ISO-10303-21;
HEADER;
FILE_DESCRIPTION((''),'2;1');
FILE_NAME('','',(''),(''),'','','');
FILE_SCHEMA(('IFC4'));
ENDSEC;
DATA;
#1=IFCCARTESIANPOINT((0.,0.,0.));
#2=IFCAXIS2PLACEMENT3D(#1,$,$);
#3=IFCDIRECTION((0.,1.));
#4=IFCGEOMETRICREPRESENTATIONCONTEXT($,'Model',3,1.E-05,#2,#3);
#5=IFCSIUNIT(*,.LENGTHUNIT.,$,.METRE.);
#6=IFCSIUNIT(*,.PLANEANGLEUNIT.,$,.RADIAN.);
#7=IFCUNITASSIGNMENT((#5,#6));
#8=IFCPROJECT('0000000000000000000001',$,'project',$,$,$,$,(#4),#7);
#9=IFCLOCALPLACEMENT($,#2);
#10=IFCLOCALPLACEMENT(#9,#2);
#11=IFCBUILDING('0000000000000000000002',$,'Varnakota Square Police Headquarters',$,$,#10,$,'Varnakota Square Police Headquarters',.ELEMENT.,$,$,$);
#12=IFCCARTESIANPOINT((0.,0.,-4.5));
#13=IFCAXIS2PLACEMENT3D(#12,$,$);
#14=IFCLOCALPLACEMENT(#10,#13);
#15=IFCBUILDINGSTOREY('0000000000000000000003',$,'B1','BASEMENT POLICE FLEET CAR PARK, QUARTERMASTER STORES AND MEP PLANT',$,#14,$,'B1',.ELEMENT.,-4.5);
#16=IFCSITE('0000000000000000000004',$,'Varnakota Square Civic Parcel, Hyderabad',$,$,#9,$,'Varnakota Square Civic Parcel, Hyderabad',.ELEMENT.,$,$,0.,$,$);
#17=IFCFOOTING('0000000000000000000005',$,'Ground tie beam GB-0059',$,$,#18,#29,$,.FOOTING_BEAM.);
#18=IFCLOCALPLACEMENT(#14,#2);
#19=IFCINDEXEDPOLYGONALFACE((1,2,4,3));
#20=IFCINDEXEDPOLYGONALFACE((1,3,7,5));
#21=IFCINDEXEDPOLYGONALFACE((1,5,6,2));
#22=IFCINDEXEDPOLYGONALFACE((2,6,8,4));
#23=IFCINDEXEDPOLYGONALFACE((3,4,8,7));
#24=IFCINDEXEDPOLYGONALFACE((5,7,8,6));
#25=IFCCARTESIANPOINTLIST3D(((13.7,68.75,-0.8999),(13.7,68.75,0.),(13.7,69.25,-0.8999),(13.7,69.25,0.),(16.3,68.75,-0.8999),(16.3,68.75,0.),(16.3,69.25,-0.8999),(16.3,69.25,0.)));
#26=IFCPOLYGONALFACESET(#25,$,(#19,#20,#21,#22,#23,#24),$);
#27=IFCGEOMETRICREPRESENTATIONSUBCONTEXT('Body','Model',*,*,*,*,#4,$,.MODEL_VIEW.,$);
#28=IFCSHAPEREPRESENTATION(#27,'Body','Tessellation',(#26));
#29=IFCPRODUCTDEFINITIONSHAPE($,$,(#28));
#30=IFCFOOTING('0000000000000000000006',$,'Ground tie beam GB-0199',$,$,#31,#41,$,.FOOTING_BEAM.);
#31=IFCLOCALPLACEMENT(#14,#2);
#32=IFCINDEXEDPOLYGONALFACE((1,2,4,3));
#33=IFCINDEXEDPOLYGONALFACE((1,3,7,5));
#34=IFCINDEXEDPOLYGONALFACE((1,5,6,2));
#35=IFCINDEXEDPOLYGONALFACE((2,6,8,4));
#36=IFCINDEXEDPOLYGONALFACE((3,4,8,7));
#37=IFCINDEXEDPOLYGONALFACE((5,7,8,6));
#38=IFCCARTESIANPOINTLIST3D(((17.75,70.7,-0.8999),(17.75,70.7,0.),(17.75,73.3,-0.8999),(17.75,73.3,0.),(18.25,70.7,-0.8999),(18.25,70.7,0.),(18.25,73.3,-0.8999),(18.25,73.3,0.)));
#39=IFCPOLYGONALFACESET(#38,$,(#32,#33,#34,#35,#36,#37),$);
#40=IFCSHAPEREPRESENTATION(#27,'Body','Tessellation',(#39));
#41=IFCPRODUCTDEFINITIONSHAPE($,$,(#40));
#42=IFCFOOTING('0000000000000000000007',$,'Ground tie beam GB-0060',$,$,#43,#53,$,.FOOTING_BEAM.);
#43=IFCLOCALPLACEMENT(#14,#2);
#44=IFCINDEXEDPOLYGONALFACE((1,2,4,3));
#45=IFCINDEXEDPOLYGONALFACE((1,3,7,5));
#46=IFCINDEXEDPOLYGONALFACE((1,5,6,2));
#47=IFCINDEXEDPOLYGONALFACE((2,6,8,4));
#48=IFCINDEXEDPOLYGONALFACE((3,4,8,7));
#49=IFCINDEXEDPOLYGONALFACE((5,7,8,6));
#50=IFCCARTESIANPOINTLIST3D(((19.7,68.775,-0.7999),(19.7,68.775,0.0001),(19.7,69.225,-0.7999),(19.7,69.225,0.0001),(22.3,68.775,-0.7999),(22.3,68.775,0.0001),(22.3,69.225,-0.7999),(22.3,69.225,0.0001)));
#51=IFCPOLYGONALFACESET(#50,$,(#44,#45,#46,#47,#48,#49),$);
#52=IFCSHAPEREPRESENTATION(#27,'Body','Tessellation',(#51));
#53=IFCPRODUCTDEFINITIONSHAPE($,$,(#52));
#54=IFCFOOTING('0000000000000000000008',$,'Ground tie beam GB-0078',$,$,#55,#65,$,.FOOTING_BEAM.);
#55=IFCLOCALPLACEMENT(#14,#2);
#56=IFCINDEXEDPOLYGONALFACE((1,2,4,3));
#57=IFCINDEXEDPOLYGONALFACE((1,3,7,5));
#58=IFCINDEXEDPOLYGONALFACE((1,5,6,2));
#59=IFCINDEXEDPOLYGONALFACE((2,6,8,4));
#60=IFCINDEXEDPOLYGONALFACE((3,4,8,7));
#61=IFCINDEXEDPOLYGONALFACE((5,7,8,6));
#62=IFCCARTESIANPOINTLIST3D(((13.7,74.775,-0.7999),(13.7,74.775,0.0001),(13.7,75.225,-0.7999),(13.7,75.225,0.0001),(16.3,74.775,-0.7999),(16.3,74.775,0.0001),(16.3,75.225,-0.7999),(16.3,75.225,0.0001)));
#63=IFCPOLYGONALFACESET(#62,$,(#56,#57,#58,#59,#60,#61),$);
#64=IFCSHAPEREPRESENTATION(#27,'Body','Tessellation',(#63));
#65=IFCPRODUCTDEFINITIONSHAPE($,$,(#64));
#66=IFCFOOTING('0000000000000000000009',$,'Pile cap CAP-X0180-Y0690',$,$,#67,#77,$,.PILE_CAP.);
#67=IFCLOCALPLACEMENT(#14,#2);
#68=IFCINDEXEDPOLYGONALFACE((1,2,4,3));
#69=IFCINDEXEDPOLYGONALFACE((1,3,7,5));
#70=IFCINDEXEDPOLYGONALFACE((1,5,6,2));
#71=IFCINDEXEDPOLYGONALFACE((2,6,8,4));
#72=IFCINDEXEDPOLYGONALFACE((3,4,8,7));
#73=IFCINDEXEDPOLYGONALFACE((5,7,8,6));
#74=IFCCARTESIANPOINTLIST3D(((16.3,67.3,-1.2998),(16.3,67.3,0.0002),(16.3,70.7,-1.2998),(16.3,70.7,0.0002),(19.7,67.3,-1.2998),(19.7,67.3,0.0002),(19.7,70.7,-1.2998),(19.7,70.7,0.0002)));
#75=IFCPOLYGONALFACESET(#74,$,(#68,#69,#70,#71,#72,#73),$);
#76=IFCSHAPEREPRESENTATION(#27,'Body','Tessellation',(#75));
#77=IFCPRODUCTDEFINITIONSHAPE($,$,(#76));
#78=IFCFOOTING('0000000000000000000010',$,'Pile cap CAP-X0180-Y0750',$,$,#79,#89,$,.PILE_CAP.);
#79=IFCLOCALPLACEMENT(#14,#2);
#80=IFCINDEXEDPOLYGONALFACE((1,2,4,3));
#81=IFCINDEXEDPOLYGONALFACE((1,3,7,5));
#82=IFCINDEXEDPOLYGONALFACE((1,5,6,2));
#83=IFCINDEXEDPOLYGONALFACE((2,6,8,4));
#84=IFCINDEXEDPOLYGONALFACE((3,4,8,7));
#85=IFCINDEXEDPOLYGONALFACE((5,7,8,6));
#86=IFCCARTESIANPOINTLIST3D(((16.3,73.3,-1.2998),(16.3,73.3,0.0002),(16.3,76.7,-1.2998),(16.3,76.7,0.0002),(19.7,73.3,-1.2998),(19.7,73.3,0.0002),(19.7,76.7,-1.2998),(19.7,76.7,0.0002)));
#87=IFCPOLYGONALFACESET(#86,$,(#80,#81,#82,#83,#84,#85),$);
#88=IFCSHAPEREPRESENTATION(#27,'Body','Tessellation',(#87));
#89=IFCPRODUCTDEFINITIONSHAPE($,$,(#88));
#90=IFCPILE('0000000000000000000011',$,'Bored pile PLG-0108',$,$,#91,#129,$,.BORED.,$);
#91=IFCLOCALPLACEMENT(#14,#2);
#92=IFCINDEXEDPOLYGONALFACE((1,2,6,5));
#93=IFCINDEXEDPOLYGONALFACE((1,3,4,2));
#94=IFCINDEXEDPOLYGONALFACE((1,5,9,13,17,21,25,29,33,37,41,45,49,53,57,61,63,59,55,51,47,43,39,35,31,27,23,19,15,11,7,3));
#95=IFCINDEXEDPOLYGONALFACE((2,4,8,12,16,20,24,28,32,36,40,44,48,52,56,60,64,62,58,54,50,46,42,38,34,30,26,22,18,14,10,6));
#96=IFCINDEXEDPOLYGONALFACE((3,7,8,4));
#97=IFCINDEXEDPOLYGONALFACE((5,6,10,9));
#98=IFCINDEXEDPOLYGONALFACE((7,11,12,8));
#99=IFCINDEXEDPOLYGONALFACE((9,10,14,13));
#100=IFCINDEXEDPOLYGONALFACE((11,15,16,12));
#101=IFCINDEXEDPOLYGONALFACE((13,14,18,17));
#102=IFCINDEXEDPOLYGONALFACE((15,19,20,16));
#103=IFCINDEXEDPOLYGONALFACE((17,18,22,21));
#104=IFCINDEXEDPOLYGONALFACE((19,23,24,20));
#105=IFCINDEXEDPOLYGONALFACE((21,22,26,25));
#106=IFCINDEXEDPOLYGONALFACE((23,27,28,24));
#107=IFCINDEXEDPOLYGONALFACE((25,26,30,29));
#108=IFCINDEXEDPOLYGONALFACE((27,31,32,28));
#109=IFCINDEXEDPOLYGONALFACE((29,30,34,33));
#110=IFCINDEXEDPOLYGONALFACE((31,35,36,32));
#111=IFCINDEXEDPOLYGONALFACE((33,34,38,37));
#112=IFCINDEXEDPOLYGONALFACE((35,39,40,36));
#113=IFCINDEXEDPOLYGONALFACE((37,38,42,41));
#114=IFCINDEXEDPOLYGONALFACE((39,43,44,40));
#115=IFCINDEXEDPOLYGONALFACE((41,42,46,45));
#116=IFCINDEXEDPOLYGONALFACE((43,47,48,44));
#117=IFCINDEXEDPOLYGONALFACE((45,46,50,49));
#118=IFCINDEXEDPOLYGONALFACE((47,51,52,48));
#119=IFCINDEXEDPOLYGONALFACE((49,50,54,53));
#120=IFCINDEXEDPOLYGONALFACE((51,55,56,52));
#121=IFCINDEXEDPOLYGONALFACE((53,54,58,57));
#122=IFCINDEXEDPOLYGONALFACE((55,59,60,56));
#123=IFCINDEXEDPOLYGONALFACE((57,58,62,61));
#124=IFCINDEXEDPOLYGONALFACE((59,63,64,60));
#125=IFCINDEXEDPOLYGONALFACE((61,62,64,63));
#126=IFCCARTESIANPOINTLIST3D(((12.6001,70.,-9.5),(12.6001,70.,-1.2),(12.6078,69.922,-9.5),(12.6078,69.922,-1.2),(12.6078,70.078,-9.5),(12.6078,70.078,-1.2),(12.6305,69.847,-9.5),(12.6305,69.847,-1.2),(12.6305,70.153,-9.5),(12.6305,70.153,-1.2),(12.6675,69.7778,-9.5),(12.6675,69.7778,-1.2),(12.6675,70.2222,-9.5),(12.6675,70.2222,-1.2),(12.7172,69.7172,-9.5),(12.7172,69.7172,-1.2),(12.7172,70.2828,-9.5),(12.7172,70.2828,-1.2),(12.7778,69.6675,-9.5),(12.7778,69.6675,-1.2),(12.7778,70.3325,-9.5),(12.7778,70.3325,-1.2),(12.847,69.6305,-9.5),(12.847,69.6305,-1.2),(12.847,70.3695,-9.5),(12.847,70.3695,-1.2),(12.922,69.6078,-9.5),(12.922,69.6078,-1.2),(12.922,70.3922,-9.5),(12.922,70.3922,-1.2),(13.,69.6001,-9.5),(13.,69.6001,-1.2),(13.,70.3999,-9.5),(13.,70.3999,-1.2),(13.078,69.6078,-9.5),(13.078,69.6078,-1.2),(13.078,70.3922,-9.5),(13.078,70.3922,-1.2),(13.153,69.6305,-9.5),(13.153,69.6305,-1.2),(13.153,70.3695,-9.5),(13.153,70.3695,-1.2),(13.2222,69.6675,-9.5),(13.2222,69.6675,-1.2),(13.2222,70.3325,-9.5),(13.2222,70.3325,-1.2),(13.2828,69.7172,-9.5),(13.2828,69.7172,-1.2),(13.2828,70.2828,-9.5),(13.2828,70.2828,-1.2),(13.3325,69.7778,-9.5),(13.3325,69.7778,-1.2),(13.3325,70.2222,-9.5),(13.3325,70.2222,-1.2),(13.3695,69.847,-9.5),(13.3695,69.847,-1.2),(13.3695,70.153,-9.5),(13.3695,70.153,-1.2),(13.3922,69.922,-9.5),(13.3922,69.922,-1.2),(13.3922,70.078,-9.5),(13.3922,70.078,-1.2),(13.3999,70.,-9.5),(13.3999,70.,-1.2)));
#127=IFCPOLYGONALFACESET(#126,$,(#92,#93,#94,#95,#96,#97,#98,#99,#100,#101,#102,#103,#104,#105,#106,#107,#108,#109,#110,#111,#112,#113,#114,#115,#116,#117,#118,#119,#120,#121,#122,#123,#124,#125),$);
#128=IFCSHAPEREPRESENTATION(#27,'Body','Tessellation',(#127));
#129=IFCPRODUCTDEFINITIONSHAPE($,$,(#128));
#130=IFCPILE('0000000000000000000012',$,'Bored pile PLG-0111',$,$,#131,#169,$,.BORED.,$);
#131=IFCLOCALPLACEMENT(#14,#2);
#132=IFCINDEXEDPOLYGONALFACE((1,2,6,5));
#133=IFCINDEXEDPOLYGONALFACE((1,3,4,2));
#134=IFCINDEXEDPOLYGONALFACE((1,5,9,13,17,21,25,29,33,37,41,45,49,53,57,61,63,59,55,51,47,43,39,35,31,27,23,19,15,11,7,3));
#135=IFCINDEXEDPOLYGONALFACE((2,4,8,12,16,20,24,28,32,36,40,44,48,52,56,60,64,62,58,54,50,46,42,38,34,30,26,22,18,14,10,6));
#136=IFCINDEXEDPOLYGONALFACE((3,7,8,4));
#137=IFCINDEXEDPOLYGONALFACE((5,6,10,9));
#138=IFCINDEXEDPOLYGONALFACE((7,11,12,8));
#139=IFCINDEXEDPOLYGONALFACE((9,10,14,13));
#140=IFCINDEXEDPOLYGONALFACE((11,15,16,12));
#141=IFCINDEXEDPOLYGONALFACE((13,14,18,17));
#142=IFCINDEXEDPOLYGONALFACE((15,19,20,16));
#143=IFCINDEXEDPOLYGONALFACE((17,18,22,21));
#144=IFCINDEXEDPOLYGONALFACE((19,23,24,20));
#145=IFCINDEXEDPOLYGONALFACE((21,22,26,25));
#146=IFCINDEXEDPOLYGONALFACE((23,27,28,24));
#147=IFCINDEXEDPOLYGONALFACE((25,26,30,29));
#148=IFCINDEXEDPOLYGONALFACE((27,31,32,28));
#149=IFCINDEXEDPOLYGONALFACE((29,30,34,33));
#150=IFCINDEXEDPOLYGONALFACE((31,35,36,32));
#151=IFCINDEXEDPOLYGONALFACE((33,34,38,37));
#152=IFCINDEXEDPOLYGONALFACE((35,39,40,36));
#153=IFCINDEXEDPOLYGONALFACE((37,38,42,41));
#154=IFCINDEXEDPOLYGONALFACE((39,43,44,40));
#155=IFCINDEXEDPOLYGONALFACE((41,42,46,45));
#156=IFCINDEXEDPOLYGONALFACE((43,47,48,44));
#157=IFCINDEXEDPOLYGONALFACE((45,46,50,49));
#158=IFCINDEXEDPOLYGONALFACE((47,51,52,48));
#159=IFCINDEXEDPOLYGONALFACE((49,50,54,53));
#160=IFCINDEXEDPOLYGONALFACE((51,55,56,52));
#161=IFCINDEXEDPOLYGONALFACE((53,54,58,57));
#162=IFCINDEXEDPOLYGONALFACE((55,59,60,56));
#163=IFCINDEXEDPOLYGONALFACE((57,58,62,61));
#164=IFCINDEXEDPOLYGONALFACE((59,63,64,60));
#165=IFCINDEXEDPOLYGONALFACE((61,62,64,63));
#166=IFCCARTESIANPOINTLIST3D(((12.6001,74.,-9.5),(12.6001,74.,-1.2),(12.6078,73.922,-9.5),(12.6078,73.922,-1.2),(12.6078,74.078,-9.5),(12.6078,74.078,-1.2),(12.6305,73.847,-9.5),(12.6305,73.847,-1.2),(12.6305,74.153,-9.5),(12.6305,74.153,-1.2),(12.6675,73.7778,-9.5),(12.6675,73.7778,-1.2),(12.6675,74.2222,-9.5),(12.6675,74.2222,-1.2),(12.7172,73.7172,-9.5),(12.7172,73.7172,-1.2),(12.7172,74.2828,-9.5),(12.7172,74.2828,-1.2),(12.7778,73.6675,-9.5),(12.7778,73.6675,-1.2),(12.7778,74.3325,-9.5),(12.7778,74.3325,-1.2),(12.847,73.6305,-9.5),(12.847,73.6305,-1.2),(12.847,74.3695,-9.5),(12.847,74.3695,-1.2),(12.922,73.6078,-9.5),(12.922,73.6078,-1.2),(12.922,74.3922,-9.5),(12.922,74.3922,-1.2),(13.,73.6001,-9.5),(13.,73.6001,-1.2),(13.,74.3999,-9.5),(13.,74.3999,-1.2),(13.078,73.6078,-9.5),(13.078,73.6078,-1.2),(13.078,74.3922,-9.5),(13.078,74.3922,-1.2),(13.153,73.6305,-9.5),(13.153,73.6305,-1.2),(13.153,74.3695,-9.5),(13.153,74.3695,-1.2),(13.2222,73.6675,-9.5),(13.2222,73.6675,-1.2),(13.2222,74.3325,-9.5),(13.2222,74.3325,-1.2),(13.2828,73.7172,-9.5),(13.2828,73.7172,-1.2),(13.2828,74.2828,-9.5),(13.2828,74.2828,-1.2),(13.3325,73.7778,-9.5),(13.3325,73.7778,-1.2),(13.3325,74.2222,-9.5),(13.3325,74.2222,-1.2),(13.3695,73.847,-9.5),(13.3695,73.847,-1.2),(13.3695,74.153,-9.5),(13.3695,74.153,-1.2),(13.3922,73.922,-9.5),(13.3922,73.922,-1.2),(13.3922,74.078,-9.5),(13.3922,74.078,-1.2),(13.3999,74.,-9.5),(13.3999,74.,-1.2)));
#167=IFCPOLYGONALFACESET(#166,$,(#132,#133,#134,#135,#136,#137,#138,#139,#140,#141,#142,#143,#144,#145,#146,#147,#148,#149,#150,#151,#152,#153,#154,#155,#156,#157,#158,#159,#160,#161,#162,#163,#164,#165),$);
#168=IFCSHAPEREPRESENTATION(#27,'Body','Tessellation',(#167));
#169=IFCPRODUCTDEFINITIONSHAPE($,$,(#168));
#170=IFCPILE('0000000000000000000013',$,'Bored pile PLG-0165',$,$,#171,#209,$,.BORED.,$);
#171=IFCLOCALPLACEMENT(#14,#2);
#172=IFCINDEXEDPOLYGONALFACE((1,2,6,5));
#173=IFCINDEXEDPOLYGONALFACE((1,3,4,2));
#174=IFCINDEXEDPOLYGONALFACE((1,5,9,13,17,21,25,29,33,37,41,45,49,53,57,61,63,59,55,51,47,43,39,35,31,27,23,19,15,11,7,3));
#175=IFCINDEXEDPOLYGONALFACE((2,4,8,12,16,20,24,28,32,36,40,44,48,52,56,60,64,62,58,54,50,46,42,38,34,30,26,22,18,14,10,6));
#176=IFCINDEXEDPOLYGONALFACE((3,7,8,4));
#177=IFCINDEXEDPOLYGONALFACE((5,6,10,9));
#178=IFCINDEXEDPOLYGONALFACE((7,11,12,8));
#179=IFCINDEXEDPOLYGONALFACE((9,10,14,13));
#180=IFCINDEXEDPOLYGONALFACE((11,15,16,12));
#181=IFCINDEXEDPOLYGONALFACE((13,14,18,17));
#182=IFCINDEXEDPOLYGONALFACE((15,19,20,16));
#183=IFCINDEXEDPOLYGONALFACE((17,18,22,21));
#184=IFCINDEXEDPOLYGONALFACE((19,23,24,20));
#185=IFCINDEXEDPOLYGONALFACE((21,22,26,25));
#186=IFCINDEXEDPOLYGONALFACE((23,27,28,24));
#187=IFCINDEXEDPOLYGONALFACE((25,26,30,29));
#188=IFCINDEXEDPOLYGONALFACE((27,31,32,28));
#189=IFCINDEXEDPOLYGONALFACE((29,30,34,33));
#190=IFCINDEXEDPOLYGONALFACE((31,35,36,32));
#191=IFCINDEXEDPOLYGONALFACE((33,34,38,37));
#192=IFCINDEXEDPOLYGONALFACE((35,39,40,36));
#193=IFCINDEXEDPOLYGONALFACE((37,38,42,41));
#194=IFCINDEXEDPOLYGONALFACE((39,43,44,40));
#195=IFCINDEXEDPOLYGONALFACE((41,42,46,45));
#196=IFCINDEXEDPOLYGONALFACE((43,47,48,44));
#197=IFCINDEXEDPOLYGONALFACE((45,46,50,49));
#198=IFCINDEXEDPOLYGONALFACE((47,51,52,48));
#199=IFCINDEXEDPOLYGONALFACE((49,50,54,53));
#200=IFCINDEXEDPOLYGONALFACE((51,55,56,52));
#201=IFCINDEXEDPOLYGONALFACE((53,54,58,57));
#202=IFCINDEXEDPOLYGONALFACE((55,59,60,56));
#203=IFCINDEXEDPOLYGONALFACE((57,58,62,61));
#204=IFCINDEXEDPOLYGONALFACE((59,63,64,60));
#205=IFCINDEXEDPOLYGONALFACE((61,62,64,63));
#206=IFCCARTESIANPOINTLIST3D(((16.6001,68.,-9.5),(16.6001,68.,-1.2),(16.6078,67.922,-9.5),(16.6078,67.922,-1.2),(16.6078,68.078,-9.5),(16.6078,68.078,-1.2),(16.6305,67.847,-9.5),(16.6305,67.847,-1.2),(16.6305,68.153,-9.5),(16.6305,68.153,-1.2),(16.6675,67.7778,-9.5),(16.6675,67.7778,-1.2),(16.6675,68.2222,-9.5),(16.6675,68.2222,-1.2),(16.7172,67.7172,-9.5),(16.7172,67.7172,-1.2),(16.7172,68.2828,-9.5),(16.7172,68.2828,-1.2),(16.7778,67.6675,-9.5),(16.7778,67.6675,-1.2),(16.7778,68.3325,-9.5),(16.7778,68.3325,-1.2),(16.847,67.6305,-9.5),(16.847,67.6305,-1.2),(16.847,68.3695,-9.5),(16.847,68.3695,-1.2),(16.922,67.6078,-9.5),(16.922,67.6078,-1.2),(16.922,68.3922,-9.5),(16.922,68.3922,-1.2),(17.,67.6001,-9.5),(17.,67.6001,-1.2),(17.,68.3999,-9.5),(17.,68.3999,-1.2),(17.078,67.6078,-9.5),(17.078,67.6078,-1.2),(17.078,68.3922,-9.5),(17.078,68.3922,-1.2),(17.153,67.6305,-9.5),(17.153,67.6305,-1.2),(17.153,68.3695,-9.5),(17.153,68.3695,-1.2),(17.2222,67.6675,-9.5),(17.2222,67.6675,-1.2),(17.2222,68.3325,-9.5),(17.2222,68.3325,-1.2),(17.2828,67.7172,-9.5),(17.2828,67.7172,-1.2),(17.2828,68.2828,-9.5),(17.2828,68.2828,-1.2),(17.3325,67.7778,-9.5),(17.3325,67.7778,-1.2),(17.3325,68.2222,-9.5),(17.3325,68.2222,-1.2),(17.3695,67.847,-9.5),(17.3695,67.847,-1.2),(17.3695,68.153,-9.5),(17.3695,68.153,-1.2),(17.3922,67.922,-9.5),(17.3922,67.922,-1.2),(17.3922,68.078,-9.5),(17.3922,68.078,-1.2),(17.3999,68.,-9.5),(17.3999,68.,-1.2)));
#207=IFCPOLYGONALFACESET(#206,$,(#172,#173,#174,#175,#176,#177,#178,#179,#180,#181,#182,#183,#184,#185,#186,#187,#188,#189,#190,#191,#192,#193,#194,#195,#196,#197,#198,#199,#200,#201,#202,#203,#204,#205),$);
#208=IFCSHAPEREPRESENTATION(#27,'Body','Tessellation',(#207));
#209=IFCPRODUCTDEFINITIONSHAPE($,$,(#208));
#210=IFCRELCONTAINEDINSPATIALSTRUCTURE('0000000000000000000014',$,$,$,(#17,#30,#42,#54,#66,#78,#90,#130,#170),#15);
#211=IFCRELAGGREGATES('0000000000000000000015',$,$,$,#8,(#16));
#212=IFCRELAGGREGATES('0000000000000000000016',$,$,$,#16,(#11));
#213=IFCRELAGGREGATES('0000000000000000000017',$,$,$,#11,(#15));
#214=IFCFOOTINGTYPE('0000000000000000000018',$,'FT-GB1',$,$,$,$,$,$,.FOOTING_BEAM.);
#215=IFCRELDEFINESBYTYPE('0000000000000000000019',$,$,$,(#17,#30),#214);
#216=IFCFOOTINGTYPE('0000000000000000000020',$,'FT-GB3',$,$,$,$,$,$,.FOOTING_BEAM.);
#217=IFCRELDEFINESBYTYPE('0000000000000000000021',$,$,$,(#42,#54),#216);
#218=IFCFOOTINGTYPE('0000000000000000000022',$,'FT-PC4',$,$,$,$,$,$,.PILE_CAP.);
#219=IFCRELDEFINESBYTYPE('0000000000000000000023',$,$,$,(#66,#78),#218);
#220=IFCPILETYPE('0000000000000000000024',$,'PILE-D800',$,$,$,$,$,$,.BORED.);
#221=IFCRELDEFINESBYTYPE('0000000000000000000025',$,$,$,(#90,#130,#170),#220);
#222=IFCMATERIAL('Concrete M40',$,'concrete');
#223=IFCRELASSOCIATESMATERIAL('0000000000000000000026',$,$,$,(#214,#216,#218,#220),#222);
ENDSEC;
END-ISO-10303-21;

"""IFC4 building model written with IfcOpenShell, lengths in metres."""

from ifc_helpers import new_model, si_unit, direction, frame, origin, origin_2d, place, context, subcontext, project, spatial, rectangle, circle, extrude, material, material_profile, profile_set, type_object, element, save


model = new_model("IFC4")

# Units and contexts
model_context = context("Model", 3, precision=1e-05, world=origin(), true_north=direction((0.0, 1.0)))
body_context = subcontext(model_context, "Body", "Model", "MODEL_VIEW")
ifc_project = project(units=[si_unit("LENGTHUNIT", "METRE"), si_unit("PLANEANGLEUNIT", "RADIAN")], contexts=[model_context])

# Site, building, storey
site_placement = place(None, origin())
site = spatial("IfcSite", under=ifc_project, at=site_placement, Name="Varnakota Square Civic Parcel, Hyderabad", LongName="Varnakota Square Civic Parcel, Hyderabad", CompositionType="ELEMENT", RefElevation=0.0)
building_placement = place(site_placement, origin())
building = spatial("IfcBuilding", under=site, at=building_placement, Name="Varnakota Square Police Headquarters", LongName="Varnakota Square Police Headquarters", CompositionType="ELEMENT")
storey_placement = place(building_placement, frame((0.0, 0.0, -4.5)))
storey = spatial("IfcBuildingStorey", under=building, at=storey_placement, Name="B1", Description="BASEMENT POLICE FLEET CAR PARK, QUARTERMASTER STORES AND MEP PLANT", LongName="B1", CompositionType="ELEMENT", Elevation=-4.5)

# Footings
ifc_material_1 = material(Name="Concrete M40", Category="concrete")
ifc_material_profile_1 = material_profile(ifc_material_1, rectangle(XDim=0.5, YDim=0.8999, at=origin_2d()), Name="GB 500x900")
ifc_profile_set_1 = profile_set([ifc_material_profile_1], Name="Concrete M40")
footing_type_1 = type_object("IfcFootingType", Name="FT-GB1", PredefinedType="FOOTING_BEAM", material=ifc_profile_set_1)
for number, where, z_axis, x_axis, name in (
    (1, (13.7, 69.0, -0.45), (1.0, 0.0, 0.0), (0.0, 1.0, 0.0), "Ground tie beam GB-0059"),
    (2, (18.0, 70.7, -0.45), (0.0, 1.0, 0.0), (-1.0, 0.0, 0.0), "Ground tie beam GB-0199"),
):
    element("IfcFooting", number, at=place(storey_placement, frame(where, z_axis=z_axis, x_axis=x_axis)), inside=storey, type_object=footing_type_1, Name=name, PredefinedType="FOOTING_BEAM", context=body_context, shape_type="SweptSolid", body=[
        extrude(rectangle(XDim=0.5, YDim=0.8999, at=origin_2d()), origin(), (0.0, 0.0, 1.0), 2.6001),
    ])
ifc_material_profile_2 = material_profile(ifc_material_1, rectangle(XDim=0.45, YDim=0.8, at=origin_2d()), Name="GB 450x800")
ifc_profile_set_2 = profile_set([ifc_material_profile_2], Name="Concrete M40")
footing_type_2 = type_object("IfcFootingType", Name="FT-GB3", PredefinedType="FOOTING_BEAM", material=ifc_profile_set_2)
for number, where, z_axis, x_axis, name in (
    (3, (19.7, 69.0, -0.3999), (1.0, 0.0, 0.0), (0.0, 1.0, 0.0), "Ground tie beam GB-0060"),
    (4, (13.7, 75.0, -0.3999), (1.0, 0.0, 0.0), (0.0, 1.0, 0.0), "Ground tie beam GB-0078"),
):
    element("IfcFooting", number, at=place(storey_placement, frame(where, z_axis=z_axis, x_axis=x_axis)), inside=storey, type_object=footing_type_2, Name=name, PredefinedType="FOOTING_BEAM", context=body_context, shape_type="SweptSolid", body=[
        extrude(rectangle(XDim=0.45, YDim=0.8, at=origin_2d()), origin(), (0.0, 0.0, 1.0), 2.6001),
    ])
footing_type_3 = type_object("IfcFootingType", Name="FT-PC4", PredefinedType="PILE_CAP", material=ifc_material_1)
for number, where, z_axis, x_axis, name in (
    (5, (18.0, 69.0, -1.2998), (0.0, 0.0, 1.0), (1.0, 0.0, 0.0), "Pile cap CAP-X0180-Y0690"),
    (6, (18.0, 75.0, -1.2998), (0.0, 0.0, 1.0), (1.0, 0.0, 0.0), "Pile cap CAP-X0180-Y0750"),
):
    element("IfcFooting", number, at=place(storey_placement, frame(where, z_axis=z_axis, x_axis=x_axis)), inside=storey, type_object=footing_type_3, Name=name, PredefinedType="PILE_CAP", context=body_context, shape_type="SweptSolid", body=[
        extrude(rectangle(XDim=3.3999, YDim=3.3999, at=origin_2d()), origin(), (0.0, 0.0, 1.0), 1.3),
    ])

# Piles
ifc_material_profile_3 = material_profile(ifc_material_1, circle(Radius=0.3999, at=origin_2d()), Name="BORED PILE 800")
ifc_profile_set_3 = profile_set([ifc_material_profile_3], Name="Concrete M40")
pile_type = type_object("IfcPileType", Name="PILE-D800", PredefinedType="BORED", material=ifc_profile_set_3)
for number, where, z_axis, x_axis, name in (
    (7, (13.0, 70.0, -1.2), (0.0, 0.0, -1.0), (1.0, 0.0, 0.0), "Bored pile PLG-0108"),
    (8, (13.0, 74.0, -1.2), (0.0, 0.0, -1.0), (1.0, 0.0, 0.0), "Bored pile PLG-0111"),
    (9, (17.0, 68.0, -1.2), (0.0, 0.0, -1.0), (1.0, 0.0, 0.0), "Bored pile PLG-0165"),
):
    element("IfcPile", number, at=place(storey_placement, frame(where, z_axis=z_axis, x_axis=x_axis)), inside=storey, type_object=pile_type, Name=name, PredefinedType="BORED", context=body_context, shape_type="SweptSolid", body=[
        extrude(circle(Radius=0.3999, at=origin_2d()), origin(), (0.0, 0.0, 1.0), 8.3),
    ])

save(model, "model.ifc")
